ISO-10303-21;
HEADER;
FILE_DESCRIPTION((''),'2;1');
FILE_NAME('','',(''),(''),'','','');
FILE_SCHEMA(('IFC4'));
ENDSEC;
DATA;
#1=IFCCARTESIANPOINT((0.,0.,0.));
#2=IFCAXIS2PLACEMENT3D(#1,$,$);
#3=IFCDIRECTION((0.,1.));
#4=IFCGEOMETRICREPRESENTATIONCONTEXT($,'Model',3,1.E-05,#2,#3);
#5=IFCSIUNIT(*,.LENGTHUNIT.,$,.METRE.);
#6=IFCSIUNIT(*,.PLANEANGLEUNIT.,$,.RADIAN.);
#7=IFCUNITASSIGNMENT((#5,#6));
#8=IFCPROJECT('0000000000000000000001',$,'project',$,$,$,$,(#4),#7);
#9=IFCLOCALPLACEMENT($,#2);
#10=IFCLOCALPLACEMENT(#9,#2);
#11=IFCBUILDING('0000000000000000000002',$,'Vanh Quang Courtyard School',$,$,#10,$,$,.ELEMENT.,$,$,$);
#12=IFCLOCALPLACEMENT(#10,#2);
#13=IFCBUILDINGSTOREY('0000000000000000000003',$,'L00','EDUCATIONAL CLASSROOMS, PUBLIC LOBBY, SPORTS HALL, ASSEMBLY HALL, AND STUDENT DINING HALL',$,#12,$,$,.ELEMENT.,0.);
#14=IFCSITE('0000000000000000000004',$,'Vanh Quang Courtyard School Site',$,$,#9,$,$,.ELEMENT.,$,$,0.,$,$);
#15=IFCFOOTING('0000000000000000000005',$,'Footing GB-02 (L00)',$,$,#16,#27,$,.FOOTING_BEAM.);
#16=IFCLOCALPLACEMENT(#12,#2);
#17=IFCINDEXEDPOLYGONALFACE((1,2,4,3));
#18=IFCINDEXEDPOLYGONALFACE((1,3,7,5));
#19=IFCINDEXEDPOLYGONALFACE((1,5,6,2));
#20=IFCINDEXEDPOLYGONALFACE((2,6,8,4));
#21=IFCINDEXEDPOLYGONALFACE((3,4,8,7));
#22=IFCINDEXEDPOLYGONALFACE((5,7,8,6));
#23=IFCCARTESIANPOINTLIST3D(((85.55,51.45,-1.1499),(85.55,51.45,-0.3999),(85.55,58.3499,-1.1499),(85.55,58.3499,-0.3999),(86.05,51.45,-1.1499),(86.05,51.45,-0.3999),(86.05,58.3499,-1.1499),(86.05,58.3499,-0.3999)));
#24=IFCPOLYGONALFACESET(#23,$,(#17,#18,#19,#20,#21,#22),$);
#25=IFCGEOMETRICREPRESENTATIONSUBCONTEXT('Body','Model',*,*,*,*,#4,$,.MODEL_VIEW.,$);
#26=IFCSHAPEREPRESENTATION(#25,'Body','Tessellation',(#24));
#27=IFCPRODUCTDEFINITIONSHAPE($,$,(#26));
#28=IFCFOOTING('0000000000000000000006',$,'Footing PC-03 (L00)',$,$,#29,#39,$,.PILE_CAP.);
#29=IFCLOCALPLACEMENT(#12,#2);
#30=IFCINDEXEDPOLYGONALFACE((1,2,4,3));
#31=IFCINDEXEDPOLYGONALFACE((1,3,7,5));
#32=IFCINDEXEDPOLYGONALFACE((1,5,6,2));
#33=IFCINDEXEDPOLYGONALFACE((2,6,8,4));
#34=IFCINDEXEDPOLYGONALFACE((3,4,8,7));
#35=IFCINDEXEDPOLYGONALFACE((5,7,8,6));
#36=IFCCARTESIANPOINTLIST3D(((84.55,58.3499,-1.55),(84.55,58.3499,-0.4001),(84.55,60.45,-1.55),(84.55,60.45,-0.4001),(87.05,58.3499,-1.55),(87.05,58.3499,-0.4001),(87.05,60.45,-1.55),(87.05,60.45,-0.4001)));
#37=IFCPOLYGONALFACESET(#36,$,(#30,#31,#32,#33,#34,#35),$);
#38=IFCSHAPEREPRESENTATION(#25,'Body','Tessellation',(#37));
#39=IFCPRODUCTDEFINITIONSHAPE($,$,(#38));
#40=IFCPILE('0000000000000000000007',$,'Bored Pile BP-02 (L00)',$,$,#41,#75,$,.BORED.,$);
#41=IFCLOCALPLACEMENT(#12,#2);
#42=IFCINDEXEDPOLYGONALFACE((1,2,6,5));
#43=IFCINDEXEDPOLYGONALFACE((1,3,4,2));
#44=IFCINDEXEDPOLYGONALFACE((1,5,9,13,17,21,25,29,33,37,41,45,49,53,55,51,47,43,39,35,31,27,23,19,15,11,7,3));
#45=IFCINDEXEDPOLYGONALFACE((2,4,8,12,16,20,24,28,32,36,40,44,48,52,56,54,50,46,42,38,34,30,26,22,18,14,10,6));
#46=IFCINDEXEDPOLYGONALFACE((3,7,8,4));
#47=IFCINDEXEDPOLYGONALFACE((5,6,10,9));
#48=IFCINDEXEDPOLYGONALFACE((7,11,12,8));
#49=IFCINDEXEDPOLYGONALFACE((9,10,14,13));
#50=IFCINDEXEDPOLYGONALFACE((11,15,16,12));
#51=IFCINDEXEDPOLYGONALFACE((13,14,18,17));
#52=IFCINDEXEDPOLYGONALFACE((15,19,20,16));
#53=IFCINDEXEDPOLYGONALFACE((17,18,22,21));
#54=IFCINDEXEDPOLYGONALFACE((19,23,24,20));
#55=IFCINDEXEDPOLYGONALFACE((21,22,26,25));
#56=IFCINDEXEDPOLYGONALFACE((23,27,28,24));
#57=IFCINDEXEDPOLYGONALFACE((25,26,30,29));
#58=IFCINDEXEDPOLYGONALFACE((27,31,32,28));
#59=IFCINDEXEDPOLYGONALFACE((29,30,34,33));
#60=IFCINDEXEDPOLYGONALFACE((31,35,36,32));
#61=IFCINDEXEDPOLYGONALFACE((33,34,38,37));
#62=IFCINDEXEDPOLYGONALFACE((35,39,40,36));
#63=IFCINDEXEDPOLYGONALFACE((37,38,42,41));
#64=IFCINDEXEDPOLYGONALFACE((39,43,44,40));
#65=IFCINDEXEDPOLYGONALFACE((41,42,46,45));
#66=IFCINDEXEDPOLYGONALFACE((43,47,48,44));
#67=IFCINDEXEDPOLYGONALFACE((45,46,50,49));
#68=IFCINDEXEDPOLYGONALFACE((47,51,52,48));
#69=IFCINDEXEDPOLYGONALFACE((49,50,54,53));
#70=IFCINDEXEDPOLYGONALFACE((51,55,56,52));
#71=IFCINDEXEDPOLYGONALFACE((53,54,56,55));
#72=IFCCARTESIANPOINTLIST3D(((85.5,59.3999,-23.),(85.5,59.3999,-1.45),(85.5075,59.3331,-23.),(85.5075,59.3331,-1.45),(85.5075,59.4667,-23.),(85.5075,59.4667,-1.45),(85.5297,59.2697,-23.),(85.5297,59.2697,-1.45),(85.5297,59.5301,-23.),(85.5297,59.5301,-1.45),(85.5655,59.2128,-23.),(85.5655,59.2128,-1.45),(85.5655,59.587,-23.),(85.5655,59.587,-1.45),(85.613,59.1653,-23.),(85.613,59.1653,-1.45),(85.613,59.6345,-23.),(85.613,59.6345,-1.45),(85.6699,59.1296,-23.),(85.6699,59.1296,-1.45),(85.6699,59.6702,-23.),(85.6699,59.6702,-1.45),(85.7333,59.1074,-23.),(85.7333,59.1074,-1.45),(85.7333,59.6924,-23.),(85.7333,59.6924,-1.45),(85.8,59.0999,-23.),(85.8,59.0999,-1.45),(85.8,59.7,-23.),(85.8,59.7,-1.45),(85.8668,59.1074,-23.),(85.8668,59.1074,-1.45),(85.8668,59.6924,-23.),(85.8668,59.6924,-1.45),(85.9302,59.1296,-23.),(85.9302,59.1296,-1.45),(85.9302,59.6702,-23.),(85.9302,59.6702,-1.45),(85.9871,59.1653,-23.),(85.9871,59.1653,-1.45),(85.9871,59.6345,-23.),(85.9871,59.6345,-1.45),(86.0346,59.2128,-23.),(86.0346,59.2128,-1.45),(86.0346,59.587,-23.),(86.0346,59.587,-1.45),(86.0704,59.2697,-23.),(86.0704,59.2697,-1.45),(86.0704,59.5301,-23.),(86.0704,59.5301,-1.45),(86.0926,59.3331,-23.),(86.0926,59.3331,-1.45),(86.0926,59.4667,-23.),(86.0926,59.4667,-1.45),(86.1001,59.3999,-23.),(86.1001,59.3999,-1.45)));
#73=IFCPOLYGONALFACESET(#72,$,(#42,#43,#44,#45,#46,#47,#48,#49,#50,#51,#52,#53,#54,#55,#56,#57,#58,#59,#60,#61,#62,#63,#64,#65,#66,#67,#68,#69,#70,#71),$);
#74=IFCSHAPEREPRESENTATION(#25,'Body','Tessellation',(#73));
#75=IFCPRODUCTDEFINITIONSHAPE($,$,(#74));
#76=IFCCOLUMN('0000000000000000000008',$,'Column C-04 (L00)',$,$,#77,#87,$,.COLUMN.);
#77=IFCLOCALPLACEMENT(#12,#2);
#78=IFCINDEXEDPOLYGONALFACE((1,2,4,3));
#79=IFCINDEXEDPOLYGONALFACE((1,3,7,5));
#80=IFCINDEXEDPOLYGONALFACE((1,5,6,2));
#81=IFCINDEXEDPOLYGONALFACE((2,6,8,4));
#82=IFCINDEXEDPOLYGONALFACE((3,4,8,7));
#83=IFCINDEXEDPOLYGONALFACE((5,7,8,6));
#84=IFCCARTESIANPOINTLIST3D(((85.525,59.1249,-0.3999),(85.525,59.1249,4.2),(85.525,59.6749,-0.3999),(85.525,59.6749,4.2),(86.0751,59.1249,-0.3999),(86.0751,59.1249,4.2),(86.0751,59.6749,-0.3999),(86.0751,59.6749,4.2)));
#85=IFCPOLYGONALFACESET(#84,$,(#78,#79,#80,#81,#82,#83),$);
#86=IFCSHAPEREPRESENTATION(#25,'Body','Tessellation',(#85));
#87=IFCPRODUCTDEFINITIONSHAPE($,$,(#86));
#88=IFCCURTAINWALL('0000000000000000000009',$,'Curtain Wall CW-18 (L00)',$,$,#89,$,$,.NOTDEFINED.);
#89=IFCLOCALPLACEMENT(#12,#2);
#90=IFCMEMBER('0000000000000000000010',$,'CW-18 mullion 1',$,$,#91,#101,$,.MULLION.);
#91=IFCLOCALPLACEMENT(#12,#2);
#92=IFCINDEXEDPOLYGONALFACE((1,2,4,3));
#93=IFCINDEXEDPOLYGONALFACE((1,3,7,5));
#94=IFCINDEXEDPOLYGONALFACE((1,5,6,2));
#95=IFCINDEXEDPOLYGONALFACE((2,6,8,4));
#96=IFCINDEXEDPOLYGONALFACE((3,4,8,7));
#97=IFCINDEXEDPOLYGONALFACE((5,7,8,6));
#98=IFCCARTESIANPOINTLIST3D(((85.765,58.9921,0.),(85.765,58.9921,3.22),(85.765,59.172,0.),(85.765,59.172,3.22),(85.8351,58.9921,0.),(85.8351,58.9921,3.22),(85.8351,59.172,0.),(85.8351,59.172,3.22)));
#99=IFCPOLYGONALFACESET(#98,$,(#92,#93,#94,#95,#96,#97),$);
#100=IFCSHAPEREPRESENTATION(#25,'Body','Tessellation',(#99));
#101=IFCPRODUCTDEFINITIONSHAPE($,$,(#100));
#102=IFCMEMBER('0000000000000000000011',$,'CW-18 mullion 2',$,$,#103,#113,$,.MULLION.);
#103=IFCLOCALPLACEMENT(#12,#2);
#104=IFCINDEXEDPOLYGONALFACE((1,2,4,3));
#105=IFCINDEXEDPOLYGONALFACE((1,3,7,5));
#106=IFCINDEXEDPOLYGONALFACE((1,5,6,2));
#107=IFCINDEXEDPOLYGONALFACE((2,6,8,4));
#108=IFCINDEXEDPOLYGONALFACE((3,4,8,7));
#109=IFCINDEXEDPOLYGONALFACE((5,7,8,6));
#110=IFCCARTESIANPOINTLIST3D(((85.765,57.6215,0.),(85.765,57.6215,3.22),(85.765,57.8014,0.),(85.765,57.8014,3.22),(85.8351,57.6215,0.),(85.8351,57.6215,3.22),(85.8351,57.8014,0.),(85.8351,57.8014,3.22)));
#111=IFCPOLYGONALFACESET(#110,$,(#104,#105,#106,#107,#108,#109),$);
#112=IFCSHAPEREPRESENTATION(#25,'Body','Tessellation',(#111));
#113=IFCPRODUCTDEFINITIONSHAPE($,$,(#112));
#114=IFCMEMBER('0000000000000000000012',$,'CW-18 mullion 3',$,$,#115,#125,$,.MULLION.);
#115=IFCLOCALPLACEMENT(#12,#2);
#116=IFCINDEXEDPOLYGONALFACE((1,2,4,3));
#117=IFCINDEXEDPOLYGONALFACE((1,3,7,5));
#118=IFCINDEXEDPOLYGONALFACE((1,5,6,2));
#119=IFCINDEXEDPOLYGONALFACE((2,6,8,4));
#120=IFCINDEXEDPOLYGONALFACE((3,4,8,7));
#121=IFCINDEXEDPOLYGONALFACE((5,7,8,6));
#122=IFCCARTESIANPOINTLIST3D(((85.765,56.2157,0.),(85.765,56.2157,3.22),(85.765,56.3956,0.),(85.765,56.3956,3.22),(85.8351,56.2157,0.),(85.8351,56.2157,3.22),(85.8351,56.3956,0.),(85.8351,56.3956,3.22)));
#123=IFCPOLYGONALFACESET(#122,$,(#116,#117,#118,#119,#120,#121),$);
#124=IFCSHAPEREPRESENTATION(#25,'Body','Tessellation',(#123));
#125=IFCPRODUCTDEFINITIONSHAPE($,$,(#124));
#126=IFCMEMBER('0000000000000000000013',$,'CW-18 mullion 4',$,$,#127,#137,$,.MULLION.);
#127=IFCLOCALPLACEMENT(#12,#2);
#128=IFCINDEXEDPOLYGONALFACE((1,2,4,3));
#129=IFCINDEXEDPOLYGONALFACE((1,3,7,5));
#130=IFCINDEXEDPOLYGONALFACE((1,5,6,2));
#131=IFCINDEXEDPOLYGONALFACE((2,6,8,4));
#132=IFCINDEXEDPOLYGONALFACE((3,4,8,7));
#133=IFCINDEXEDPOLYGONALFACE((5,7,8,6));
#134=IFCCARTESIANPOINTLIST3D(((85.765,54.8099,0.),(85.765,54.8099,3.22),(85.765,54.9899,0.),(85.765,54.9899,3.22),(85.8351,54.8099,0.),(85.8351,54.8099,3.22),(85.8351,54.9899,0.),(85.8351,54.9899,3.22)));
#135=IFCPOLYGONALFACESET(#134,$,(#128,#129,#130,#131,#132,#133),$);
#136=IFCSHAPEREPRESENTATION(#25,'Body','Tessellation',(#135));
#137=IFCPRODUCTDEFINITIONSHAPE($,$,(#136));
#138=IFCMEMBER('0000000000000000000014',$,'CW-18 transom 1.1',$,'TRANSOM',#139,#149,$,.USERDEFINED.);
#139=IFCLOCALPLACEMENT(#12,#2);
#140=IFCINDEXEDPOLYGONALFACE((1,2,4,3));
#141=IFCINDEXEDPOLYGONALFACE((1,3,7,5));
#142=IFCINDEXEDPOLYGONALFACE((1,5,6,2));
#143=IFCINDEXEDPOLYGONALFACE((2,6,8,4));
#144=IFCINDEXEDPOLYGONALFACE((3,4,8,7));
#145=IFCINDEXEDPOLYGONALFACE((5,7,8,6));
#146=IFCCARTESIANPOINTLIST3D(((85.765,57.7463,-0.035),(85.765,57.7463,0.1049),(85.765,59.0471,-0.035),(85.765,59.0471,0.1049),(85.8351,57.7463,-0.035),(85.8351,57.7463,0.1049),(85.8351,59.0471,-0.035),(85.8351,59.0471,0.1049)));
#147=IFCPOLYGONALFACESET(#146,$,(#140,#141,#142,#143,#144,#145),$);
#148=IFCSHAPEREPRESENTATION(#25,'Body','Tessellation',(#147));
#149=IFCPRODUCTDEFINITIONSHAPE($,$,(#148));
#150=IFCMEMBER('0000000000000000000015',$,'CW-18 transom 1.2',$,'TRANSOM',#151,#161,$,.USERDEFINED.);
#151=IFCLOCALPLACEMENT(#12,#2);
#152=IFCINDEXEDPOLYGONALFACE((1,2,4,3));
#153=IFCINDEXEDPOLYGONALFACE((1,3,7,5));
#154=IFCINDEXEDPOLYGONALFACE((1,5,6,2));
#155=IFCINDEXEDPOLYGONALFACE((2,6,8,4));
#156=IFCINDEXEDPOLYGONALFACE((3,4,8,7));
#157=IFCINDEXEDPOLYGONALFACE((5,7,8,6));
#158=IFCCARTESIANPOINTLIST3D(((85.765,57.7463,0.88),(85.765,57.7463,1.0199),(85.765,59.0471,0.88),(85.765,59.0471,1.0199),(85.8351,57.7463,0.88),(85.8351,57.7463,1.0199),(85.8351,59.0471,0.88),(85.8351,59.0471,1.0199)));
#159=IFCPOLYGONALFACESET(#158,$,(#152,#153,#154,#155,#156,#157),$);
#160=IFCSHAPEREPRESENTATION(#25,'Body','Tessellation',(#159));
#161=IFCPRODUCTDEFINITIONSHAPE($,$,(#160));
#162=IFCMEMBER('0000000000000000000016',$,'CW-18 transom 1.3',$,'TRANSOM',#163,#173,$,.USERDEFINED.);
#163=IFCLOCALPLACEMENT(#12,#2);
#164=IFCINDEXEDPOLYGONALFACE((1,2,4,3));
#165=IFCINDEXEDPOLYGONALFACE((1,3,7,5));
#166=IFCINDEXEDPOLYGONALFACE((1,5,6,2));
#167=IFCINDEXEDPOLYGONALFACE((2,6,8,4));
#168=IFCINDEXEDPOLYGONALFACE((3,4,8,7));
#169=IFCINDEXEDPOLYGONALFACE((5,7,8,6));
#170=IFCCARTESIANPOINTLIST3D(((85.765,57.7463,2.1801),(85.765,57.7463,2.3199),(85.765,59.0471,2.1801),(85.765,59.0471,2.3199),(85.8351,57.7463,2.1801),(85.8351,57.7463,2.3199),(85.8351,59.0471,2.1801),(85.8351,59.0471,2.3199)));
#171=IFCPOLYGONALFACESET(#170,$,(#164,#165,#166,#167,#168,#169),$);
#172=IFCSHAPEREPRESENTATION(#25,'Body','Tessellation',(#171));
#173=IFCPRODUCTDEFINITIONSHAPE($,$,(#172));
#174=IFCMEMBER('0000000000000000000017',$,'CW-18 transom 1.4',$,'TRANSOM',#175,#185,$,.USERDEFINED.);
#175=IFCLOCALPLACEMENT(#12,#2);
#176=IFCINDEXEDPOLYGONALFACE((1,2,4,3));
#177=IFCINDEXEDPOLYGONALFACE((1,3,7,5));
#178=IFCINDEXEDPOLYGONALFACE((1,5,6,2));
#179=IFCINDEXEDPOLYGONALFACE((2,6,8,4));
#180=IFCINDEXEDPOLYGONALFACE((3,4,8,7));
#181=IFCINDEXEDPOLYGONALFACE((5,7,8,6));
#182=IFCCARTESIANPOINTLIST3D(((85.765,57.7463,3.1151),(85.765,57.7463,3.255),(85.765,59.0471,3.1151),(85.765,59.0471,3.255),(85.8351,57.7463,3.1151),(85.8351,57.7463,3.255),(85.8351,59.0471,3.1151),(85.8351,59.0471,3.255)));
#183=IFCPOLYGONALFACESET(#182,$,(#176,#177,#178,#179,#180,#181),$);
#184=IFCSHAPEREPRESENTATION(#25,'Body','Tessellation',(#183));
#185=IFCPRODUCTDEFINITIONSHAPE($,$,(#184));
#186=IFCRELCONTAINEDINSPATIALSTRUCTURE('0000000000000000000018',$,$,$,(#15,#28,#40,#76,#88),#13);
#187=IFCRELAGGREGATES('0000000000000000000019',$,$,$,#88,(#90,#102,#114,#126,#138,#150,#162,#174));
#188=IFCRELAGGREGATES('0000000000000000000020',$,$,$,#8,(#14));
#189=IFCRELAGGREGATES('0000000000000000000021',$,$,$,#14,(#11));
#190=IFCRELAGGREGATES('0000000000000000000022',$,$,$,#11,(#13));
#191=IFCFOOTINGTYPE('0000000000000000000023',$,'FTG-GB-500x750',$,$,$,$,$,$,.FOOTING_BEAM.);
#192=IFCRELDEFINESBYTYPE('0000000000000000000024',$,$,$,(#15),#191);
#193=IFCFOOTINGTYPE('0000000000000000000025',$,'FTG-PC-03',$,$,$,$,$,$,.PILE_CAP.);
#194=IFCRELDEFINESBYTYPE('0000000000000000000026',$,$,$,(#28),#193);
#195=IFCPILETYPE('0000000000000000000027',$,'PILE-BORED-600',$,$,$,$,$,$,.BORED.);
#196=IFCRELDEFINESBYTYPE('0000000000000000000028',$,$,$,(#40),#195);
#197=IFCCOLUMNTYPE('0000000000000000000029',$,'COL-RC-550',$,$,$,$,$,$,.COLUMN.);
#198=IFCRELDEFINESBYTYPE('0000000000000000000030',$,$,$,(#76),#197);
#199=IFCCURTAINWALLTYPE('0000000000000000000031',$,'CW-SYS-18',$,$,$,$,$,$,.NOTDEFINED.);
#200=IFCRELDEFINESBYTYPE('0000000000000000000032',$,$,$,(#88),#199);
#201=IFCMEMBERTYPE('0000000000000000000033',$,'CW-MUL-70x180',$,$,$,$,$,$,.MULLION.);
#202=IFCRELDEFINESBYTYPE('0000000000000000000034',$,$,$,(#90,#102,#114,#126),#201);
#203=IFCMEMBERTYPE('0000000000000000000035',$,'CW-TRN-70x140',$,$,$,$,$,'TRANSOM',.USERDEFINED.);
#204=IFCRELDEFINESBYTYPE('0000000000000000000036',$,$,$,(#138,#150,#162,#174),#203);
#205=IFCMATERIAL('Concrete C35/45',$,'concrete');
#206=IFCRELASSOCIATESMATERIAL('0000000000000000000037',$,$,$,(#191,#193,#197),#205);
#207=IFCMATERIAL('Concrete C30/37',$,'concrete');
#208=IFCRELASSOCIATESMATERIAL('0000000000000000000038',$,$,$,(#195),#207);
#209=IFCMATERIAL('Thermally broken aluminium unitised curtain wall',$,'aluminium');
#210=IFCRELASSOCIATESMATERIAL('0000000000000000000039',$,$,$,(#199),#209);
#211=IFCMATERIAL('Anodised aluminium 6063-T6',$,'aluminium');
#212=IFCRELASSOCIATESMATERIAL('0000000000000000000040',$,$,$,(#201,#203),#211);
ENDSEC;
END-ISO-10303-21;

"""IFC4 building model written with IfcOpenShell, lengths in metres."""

from ifc_helpers import new_model, si_unit, direction, frame, origin, origin_2d, place, context, subcontext, project, spatial, rectangle, circle, extrude, material, material_profile, profile_set, type_object, element, aggregate, save


model = new_model("IFC4")

# Units and contexts
model_context = context("Model", 3, precision=1e-05, world=origin(), true_north=direction((0.0, 1.0)))
body_context = subcontext(model_context, "Body", "Model", "MODEL_VIEW")
ifc_project = project(units=[si_unit("LENGTHUNIT", "METRE"), si_unit("PLANEANGLEUNIT", "RADIAN")], contexts=[model_context])

# Site, building, storey
site_placement = place(None, origin())
site = spatial("IfcSite", under=ifc_project, at=site_placement, Name="Vanh Quang Courtyard School Site", CompositionType="ELEMENT", RefElevation=0.0)
building_placement = place(site_placement, origin())
building = spatial("IfcBuilding", under=site, at=building_placement, Name="Vanh Quang Courtyard School", CompositionType="ELEMENT")
storey_placement = place(building_placement, origin())
storey = spatial("IfcBuildingStorey", under=building, at=storey_placement, Name="L00", Description="EDUCATIONAL CLASSROOMS, PUBLIC LOBBY, SPORTS HALL, ASSEMBLY HALL, AND STUDENT DINING HALL", CompositionType="ELEMENT", Elevation=0.0)

# Footings
ifc_material_1 = material(Name="Concrete C35/45", Category="concrete")
footing_type_1 = type_object("IfcFootingType", Name="FTG-GB-500x750", PredefinedType="FOOTING_BEAM", material=ifc_material_1)
footing_1_placement = place(storey_placement, frame((85.8, 54.8999, -1.1499), z_axis=(0.0, 0.0, 1.0), x_axis=(0.0, 1.0, 0.0)))
element("IfcFooting", 1, at=footing_1_placement, inside=storey, type_object=footing_type_1, Name="Footing GB-02 (L00)", PredefinedType="FOOTING_BEAM", context=body_context, shape_type="SweptSolid", body=[
    extrude(rectangle(XDim=6.8999, YDim=0.5, at=origin_2d()), origin(), (0.0, 0.0, 1.0), 0.75),
])
footing_type_2 = type_object("IfcFootingType", Name="FTG-PC-03", PredefinedType="PILE_CAP", material=ifc_material_1)
footing_2_placement = place(storey_placement, frame((85.8, 59.3999, -1.55), z_axis=(0.0, 0.0, 1.0), x_axis=(1.0, 0.0, 0.0)))
element("IfcFooting", 2, at=footing_2_placement, inside=storey, type_object=footing_type_2, Name="Footing PC-03 (L00)", PredefinedType="PILE_CAP", context=body_context, shape_type="SweptSolid", body=[
    extrude(rectangle(XDim=2.5, YDim=2.1001, at=origin_2d()), origin(), (0.0, 0.0, 1.0), 1.1499),
])

# Pile
ifc_material_2 = material(Name="Concrete C30/37", Category="concrete")
ifc_material_profile_1 = material_profile(ifc_material_2, circle(Radius=0.3, at=origin_2d()), Name="PILE D600")
ifc_profile_set_1 = profile_set([ifc_material_profile_1], Name="Concrete C30/37")
pile_type = type_object("IfcPileType", Name="PILE-BORED-600", PredefinedType="BORED", material=ifc_profile_set_1)
pile_placement = place(storey_placement, frame((85.8, 59.3999, -1.45), z_axis=(0.0, 0.0, -1.0), x_axis=(1.0, 0.0, 0.0)))
element("IfcPile", 3, at=pile_placement, inside=storey, type_object=pile_type, Name="Bored Pile BP-02 (L00)", PredefinedType="BORED", context=body_context, shape_type="SweptSolid", body=[
    extrude(circle(Radius=0.3, at=origin_2d()), origin(), (0.0, 0.0, 1.0), 21.55),
])

# Column
ifc_material_profile_2 = material_profile(ifc_material_1, rectangle(XDim=0.55, YDim=0.55, at=origin_2d()), Name="RC-COL 550x550")
ifc_profile_set_2 = profile_set([ifc_material_profile_2], Name="Concrete C35/45")
column_type = type_object("IfcColumnType", Name="COL-RC-550", PredefinedType="COLUMN", material=ifc_profile_set_2)
column_placement = place(storey_placement, frame((85.8, 59.3999, -0.3999), z_axis=(0.0, 0.0, 1.0), x_axis=(1.0, 0.0, 0.0)))
element("IfcColumn", 4, at=column_placement, inside=storey, type_object=column_type, Name="Column C-04 (L00)", PredefinedType="COLUMN", context=body_context, shape_type="SweptSolid", body=[
    extrude(rectangle(XDim=0.55, YDim=0.55, at=origin_2d()), origin(), (0.0, 0.0, 1.0), 4.5999),
])

# Curtain wall, members
ifc_material_3 = material(Name="Thermally broken aluminium unitised curtain wall", Category="aluminium")
curtain_wall_type = type_object("IfcCurtainWallType", Name="CW-SYS-18", PredefinedType="NOTDEFINED", material=ifc_material_3)
curtain_wall_placement = place(storey_placement, origin())
curtain_wall = element("IfcCurtainWall", 5, at=curtain_wall_placement, inside=storey, type_object=curtain_wall_type, Name="Curtain Wall CW-18 (L00)", PredefinedType="NOTDEFINED")
ifc_material_4 = material(Name="Anodised aluminium 6063-T6", Category="aluminium")
ifc_material_profile_3 = material_profile(ifc_material_4, rectangle(XDim=0.0701, YDim=0.1799, at=origin_2d()), Name="ALU-MUL 70x180")
ifc_profile_set_3 = profile_set([ifc_material_profile_3], Name="Anodised aluminium 6063-T6")
member_type_1 = type_object("IfcMemberType", Name="CW-MUL-70x180", PredefinedType="MULLION", material=ifc_profile_set_3)
member_1_placement = place(storey_placement, frame((85.8, 59.082, 0.0), z_axis=(0.0, 0.0, 1.0), x_axis=(1.0, 0.0, 0.0)))
member_1 = element("IfcMember", 6, at=member_1_placement, type_object=member_type_1, Name="CW-18 mullion 1", PredefinedType="MULLION", context=body_context, shape_type="SweptSolid", body=[
    extrude(rectangle(XDim=0.0701, YDim=0.1799, at=origin_2d()), origin(), (0.0, 0.0, 1.0), 3.22),
])
member_2_placement = place(storey_placement, frame((85.8, 57.7114, 0.0), z_axis=(0.0, 0.0, 1.0), x_axis=(1.0, 0.0, 0.0)))
member_2 = element("IfcMember", 7, at=member_2_placement, type_object=member_type_1, Name="CW-18 mullion 2", PredefinedType="MULLION", context=body_context, shape_type="SweptSolid", body=[
    extrude(rectangle(XDim=0.0701, YDim=0.1799, at=origin_2d()), origin(), (0.0, 0.0, 1.0), 3.22),
])
member_3_placement = place(storey_placement, frame((85.8, 56.3057, 0.0), z_axis=(0.0, 0.0, 1.0), x_axis=(1.0, 0.0, 0.0)))
member_3 = element("IfcMember", 8, at=member_3_placement, type_object=member_type_1, Name="CW-18 mullion 3", PredefinedType="MULLION", context=body_context, shape_type="SweptSolid", body=[
    extrude(rectangle(XDim=0.0701, YDim=0.1799, at=origin_2d()), origin(), (0.0, 0.0, 1.0), 3.22),
])
member_4_placement = place(storey_placement, frame((85.8, 54.8999, 0.0), z_axis=(0.0, 0.0, 1.0), x_axis=(1.0, 0.0, 0.0)))
member_4 = element("IfcMember", 9, at=member_4_placement, type_object=member_type_1, Name="CW-18 mullion 4", PredefinedType="MULLION", context=body_context, shape_type="SweptSolid", body=[
    extrude(rectangle(XDim=0.0701, YDim=0.1799, at=origin_2d()), origin(), (0.0, 0.0, 1.0), 3.22),
])
ifc_material_profile_4 = material_profile(ifc_material_4, rectangle(XDim=0.0701, YDim=0.1399, at=origin_2d()), Name="ALU-TRN 70x140")
ifc_profile_set_4 = profile_set([ifc_material_profile_4], Name="Anodised aluminium 6063-T6")
member_type_2 = type_object("IfcMemberType", Name="CW-TRN-70x140", ElementType="TRANSOM", PredefinedType="USERDEFINED", material=ifc_profile_set_4)
member_5_placement = place(storey_placement, frame((85.8, 59.0471, 0.0349), z_axis=(0.0, -1.0, 0.0), x_axis=(1.0, 0.0, 0.0)))
member_5 = element("IfcMember", 10, at=member_5_placement, type_object=member_type_2, Name="CW-18 transom 1.1", ObjectType="TRANSOM", PredefinedType="USERDEFINED", context=body_context, shape_type="SweptSolid", body=[
    extrude(rectangle(XDim=0.0701, YDim=0.1399, at=origin_2d()), origin(), (0.0, 0.0, 1.0), 1.3008),
])
member_6_placement = place(storey_placement, frame((85.8, 59.0471, 0.95), z_axis=(0.0, -1.0, 0.0), x_axis=(1.0, 0.0, 0.0)))
member_6 = element("IfcMember", 11, at=member_6_placement, type_object=member_type_2, Name="CW-18 transom 1.2", ObjectType="TRANSOM", PredefinedType="USERDEFINED", context=body_context, shape_type="SweptSolid", body=[
    extrude(rectangle(XDim=0.0701, YDim=0.1399, at=origin_2d()), origin(), (0.0, 0.0, 1.0), 1.3008),
])
member_7_placement = place(storey_placement, frame((85.8, 59.0471, 2.25), z_axis=(0.0, -1.0, 0.0), x_axis=(1.0, 0.0, 0.0)))
member_7 = element("IfcMember", 12, at=member_7_placement, type_object=member_type_2, Name="CW-18 transom 1.3", ObjectType="TRANSOM", PredefinedType="USERDEFINED", context=body_context, shape_type="SweptSolid", body=[
    extrude(rectangle(XDim=0.0701, YDim=0.1399, at=origin_2d()), origin(), (0.0, 0.0, 1.0), 1.3008),
])
member_8_placement = place(storey_placement, frame((85.8, 59.0471, 3.1851), z_axis=(0.0, -1.0, 0.0), x_axis=(1.0, 0.0, 0.0)))
member_8 = element("IfcMember", 13, at=member_8_placement, type_object=member_type_2, Name="CW-18 transom 1.4", ObjectType="TRANSOM", PredefinedType="USERDEFINED", context=body_context, shape_type="SweptSolid", body=[
    extrude(rectangle(XDim=0.0701, YDim=0.1399, at=origin_2d()), origin(), (0.0, 0.0, 1.0), 1.3008),
])
aggregate(curtain_wall, [member_1, member_2, member_3, member_4, member_5, member_6, member_7, member_8])

save(model, "model.ifc")
